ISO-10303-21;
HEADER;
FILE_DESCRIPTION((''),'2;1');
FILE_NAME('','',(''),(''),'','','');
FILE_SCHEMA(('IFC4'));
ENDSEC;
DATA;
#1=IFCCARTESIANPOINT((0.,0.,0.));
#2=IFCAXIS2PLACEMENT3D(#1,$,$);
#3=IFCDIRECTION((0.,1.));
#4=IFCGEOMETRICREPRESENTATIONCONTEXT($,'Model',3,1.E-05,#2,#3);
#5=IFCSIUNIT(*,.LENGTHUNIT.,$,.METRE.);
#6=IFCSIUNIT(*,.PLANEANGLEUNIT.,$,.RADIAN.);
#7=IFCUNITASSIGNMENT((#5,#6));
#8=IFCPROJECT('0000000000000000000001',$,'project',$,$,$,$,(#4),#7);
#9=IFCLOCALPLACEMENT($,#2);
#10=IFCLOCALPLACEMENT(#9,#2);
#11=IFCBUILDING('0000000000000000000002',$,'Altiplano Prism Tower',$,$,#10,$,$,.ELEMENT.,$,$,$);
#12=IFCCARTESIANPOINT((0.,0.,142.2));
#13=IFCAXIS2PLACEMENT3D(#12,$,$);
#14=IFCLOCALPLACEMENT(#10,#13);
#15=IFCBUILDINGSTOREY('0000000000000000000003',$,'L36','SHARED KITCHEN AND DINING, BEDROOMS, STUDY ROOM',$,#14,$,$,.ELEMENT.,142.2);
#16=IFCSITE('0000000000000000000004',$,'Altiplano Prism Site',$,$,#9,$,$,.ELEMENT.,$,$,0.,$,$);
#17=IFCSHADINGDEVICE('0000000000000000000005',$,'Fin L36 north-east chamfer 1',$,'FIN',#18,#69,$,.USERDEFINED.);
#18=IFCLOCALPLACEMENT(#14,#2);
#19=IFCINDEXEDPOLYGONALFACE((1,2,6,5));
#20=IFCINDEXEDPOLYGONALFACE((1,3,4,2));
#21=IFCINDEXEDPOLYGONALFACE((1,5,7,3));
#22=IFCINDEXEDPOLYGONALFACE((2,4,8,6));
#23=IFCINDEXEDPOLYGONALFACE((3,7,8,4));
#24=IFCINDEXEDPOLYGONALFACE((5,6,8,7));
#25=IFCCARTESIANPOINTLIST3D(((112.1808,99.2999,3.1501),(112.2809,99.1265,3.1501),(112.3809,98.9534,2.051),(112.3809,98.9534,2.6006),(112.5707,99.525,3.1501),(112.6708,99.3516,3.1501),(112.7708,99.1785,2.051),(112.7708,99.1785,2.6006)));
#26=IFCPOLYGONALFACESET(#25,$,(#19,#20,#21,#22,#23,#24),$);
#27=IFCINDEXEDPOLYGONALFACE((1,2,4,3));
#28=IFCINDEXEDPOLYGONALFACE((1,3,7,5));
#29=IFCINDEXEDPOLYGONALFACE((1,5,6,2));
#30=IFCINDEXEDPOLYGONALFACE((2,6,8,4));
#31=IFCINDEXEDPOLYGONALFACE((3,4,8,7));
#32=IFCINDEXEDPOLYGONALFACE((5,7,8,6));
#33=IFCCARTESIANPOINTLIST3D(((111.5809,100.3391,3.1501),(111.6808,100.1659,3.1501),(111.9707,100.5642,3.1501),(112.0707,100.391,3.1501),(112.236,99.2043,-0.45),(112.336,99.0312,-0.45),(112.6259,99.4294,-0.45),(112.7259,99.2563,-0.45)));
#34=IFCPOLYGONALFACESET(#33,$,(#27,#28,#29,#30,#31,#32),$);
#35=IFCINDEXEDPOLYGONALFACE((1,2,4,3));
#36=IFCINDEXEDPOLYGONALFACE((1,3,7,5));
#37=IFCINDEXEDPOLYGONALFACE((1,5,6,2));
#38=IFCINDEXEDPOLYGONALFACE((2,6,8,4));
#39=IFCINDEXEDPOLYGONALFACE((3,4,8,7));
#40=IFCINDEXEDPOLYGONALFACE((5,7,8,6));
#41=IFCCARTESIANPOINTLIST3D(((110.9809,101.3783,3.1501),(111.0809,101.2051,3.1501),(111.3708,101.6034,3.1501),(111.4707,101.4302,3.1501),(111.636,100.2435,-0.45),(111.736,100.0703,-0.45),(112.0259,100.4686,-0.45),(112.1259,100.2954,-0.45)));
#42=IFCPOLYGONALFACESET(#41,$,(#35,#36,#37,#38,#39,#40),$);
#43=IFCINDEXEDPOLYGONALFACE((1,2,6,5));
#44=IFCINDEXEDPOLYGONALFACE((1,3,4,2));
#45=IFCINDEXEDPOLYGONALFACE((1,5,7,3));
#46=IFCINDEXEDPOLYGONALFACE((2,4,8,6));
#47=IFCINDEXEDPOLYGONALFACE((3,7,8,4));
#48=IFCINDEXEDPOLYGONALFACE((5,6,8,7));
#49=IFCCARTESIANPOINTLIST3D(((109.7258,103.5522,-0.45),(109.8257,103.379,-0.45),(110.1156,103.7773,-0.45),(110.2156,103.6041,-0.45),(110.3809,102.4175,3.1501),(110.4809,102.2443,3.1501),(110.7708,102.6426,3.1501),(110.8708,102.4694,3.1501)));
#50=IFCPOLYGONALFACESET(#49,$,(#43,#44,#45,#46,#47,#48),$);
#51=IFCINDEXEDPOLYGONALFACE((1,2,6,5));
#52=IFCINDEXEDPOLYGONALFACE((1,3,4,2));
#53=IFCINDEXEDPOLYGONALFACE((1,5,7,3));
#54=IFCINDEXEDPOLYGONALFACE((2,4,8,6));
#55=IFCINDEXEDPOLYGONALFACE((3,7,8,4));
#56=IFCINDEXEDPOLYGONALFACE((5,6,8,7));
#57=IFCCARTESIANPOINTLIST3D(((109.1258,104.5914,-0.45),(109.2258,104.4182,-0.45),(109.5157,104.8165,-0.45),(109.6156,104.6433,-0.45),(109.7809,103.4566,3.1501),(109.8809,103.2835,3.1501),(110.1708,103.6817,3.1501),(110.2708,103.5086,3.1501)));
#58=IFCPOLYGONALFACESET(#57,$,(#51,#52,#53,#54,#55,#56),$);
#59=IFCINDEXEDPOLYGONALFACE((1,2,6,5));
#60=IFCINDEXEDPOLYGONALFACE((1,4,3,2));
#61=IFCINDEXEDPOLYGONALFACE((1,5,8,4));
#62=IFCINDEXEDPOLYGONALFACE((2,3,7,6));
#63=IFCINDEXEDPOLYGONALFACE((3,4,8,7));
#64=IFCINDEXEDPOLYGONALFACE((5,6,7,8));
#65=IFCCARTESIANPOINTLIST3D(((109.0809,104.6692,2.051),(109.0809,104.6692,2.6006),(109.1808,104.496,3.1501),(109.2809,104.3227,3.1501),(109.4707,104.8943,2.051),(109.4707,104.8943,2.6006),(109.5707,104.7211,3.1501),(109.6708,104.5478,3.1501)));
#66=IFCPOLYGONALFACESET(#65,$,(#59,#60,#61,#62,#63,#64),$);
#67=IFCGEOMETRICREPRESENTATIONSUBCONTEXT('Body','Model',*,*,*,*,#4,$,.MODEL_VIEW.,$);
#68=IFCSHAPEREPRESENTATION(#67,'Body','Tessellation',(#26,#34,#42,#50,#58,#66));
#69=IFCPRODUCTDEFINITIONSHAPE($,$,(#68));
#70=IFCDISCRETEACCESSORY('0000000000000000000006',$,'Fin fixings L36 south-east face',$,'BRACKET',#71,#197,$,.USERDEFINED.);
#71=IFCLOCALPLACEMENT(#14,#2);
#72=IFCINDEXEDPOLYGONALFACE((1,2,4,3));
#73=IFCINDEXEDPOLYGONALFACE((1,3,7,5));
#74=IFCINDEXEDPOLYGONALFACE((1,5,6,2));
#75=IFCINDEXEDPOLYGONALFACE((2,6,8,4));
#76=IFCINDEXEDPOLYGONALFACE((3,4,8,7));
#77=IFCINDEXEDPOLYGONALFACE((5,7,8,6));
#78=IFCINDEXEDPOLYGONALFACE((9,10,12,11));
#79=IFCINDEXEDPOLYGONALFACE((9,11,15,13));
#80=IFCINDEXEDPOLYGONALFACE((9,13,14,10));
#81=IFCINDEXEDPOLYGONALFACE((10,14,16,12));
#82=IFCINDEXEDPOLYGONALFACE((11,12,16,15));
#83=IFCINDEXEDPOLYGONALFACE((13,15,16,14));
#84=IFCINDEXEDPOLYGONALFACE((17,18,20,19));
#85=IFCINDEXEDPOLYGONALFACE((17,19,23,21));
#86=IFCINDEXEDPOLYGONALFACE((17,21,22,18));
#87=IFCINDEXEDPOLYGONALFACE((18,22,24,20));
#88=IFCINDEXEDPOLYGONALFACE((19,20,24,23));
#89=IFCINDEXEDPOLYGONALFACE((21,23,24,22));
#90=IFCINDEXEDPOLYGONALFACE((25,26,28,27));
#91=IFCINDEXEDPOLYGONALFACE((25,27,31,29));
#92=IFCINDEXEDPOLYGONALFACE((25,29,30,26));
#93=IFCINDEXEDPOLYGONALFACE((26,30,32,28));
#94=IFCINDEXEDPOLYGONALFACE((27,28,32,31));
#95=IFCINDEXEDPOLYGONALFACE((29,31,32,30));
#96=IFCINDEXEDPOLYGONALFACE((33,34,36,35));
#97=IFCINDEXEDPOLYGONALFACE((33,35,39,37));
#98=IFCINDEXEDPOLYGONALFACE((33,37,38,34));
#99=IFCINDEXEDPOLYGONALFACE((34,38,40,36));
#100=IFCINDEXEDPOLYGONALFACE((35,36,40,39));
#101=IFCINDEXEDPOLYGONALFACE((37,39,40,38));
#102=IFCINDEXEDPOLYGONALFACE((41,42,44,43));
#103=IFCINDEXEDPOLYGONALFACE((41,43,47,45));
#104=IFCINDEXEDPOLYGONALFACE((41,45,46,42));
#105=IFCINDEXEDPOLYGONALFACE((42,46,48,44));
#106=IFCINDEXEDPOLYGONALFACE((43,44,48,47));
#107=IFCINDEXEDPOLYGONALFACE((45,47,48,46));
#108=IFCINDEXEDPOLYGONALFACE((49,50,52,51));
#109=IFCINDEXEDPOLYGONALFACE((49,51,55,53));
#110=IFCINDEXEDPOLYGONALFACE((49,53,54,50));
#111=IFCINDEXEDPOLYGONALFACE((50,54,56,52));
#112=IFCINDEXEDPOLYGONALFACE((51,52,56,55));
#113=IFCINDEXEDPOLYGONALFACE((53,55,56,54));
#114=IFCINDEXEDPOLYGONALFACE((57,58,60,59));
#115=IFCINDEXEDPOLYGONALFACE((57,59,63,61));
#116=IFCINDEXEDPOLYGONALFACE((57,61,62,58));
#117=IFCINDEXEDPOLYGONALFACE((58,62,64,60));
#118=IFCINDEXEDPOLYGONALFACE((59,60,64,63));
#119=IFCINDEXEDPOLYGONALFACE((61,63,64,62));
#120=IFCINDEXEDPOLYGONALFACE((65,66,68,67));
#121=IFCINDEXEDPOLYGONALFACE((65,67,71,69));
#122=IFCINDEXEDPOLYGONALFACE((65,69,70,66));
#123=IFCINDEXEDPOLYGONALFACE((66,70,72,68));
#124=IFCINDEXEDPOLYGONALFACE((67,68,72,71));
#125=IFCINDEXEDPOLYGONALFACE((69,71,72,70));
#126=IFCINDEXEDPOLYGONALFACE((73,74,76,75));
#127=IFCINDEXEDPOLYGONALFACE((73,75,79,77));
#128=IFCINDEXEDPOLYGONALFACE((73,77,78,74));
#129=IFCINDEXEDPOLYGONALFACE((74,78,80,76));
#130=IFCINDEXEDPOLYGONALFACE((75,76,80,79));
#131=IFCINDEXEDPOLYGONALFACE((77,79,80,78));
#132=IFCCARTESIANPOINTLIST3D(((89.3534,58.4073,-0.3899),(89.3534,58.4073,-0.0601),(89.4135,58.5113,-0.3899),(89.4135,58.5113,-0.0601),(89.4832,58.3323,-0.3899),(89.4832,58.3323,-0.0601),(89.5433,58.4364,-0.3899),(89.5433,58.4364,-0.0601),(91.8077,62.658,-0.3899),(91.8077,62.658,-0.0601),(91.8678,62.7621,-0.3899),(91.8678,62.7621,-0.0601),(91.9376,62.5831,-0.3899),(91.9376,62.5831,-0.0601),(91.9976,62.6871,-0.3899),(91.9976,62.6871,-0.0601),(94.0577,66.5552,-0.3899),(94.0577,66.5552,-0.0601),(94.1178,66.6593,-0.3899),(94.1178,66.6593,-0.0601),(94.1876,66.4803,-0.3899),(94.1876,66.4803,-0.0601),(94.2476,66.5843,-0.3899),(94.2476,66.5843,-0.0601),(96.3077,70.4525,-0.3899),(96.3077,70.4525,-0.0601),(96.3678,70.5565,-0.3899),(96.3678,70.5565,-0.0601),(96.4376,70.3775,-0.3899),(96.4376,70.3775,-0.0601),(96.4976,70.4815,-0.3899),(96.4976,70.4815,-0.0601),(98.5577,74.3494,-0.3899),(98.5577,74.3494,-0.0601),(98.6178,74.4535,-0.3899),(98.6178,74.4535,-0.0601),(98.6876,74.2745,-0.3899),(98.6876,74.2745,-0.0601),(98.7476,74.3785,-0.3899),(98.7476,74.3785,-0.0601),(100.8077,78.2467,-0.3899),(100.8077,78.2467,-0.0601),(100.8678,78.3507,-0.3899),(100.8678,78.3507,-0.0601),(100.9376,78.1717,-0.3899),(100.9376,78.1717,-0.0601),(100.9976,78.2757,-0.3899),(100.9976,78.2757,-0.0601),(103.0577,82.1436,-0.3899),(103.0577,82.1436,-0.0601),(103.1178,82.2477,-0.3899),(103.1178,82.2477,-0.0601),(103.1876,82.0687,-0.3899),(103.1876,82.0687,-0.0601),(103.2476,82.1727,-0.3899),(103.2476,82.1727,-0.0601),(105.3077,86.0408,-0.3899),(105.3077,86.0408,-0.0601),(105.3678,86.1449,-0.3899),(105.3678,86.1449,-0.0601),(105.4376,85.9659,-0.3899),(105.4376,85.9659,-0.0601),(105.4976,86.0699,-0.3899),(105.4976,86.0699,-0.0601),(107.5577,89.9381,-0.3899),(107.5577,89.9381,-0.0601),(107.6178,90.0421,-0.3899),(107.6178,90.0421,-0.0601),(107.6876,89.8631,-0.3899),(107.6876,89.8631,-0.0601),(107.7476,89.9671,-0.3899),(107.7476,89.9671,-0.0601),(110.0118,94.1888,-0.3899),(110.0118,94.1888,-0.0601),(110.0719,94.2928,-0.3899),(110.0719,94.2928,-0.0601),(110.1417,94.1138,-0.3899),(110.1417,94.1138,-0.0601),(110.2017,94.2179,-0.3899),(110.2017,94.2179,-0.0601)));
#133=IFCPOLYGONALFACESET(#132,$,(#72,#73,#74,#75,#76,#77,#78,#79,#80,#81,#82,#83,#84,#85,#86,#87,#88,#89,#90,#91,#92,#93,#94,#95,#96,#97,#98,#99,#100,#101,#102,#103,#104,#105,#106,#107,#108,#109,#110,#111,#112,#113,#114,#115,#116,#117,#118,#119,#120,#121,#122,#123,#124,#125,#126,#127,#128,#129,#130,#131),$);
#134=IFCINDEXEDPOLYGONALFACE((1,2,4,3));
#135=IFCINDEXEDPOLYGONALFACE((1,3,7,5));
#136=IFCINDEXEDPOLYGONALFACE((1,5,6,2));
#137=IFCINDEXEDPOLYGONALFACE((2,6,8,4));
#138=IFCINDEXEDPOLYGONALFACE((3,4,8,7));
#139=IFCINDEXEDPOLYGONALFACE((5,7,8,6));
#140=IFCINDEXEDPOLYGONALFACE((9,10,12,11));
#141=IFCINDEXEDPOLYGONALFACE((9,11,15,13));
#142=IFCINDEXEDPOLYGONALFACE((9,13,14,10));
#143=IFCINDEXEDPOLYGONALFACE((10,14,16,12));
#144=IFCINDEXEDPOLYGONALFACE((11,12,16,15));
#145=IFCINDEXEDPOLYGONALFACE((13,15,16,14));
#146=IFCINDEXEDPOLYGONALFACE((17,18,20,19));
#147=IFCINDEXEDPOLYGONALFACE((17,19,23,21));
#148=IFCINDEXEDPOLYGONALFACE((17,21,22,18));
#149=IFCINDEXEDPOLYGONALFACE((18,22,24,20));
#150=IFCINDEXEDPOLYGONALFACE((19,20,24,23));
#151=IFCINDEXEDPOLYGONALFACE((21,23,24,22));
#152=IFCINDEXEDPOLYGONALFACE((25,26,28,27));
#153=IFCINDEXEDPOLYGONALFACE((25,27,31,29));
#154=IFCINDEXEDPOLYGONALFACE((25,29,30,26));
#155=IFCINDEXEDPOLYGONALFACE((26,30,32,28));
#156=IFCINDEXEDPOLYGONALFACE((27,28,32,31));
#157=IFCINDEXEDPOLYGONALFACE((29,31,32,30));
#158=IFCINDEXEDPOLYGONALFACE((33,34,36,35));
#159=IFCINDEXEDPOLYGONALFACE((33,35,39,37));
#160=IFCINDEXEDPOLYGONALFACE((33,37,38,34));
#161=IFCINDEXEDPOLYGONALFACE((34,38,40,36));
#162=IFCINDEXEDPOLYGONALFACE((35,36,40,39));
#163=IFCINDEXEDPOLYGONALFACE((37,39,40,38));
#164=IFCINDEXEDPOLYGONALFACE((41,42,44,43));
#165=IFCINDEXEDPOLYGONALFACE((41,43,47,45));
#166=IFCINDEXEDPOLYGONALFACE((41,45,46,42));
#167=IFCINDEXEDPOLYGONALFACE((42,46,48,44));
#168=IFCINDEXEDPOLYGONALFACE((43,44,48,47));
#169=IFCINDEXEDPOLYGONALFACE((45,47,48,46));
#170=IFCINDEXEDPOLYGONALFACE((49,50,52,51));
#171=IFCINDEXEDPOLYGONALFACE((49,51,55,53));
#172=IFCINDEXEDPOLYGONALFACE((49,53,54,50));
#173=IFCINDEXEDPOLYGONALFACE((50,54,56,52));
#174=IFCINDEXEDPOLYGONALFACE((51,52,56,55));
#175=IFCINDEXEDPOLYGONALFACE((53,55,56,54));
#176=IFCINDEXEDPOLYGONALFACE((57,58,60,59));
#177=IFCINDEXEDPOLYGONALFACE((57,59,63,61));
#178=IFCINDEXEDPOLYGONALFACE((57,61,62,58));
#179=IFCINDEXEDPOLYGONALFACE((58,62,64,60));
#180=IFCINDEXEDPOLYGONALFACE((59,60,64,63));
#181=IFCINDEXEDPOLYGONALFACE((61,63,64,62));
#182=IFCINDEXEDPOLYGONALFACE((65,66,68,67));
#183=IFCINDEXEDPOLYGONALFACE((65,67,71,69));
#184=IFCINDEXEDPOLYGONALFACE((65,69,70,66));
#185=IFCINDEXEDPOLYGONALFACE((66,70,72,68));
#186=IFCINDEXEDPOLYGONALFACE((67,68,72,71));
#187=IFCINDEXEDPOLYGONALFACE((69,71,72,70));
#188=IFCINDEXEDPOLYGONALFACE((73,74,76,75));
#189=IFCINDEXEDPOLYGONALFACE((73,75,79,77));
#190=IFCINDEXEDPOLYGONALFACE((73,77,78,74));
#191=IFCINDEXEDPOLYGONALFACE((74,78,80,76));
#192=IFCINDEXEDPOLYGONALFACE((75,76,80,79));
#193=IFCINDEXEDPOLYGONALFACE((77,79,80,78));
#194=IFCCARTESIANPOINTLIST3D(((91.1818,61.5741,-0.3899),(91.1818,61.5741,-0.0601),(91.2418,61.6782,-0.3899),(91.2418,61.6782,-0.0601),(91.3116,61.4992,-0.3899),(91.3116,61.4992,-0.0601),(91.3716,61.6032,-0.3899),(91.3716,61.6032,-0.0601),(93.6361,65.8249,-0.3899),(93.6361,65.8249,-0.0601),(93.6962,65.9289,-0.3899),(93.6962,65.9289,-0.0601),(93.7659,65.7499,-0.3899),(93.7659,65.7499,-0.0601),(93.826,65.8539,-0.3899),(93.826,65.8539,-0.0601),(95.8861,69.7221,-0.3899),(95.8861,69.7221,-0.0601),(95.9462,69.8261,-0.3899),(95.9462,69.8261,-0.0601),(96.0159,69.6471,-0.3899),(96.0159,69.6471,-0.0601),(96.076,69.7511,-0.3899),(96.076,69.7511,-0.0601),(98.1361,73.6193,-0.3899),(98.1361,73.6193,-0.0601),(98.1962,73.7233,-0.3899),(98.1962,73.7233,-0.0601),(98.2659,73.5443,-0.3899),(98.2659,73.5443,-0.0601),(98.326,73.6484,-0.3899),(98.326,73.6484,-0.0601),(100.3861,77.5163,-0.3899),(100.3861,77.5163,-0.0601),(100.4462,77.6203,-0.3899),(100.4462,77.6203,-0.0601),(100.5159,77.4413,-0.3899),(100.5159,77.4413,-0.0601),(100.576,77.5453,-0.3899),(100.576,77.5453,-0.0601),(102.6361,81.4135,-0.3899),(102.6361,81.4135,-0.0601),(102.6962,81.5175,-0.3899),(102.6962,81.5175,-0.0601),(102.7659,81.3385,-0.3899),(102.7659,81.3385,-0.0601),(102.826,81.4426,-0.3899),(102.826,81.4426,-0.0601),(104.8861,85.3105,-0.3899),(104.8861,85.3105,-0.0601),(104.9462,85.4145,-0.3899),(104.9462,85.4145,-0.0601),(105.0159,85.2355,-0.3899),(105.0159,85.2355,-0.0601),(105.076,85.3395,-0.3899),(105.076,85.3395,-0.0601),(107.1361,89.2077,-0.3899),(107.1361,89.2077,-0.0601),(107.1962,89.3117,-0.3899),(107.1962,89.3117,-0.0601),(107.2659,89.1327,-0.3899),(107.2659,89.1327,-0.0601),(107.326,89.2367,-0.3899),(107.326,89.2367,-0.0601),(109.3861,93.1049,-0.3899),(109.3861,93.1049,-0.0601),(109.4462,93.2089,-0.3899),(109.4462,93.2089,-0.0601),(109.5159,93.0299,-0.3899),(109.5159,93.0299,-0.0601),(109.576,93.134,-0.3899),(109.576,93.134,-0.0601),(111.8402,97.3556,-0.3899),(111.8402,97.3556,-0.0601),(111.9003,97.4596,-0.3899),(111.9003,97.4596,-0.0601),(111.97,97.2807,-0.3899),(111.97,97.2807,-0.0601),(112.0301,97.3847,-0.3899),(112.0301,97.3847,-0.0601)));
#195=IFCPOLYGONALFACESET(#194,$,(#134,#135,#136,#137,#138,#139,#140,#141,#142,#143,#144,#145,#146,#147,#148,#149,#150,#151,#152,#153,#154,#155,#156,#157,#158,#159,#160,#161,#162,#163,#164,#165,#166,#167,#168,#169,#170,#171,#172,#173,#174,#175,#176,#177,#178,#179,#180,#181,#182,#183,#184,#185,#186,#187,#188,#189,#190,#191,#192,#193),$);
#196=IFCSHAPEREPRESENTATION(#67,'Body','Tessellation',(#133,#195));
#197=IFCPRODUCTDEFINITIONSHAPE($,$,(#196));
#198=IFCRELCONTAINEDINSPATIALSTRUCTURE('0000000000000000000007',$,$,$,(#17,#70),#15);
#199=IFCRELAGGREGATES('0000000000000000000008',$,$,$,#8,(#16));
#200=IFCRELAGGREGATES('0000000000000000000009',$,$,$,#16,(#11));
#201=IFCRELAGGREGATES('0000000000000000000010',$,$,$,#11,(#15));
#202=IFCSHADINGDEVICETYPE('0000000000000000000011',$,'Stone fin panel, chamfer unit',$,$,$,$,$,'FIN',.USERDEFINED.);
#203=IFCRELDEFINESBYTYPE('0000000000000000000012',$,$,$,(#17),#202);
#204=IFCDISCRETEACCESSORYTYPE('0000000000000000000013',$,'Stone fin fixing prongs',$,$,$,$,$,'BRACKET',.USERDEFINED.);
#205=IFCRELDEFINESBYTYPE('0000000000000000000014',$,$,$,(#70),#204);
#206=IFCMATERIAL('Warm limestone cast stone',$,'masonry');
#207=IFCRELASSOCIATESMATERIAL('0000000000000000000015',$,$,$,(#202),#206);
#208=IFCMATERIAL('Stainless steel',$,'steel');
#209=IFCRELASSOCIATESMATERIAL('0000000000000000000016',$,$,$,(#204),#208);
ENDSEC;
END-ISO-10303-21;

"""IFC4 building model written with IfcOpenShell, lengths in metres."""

from ifc_helpers import new_model, si_unit, direction, frame, origin, place, context, subcontext, project, spatial, polyline, outline, extrude, source, transform, mapped, material, type_object, element, save


model = new_model("IFC4")

# Units and contexts
model_context = context("Model", 3, precision=1e-05, world=origin(), true_north=direction((0.0, 1.0)))
body_context = subcontext(model_context, "Body", "Model", "MODEL_VIEW")
ifc_project = project(units=[si_unit("LENGTHUNIT", "METRE"), si_unit("PLANEANGLEUNIT", "RADIAN")], contexts=[model_context])

# Site, building, storey
site_placement = place(None, origin())
site = spatial("IfcSite", under=ifc_project, at=site_placement, Name="Altiplano Prism Site", CompositionType="ELEMENT", RefElevation=0.0)
building_placement = place(site_placement, origin())
building = spatial("IfcBuilding", under=site, at=building_placement, Name="Altiplano Prism Tower", CompositionType="ELEMENT")
storey_placement = place(building_placement, frame((0.0, 0.0, 142.2)))
storey = spatial("IfcBuildingStorey", under=building, at=storey_placement, Name="L36", Description="SHARED KITCHEN AND DINING, BEDROOMS, STUDY ROOM", CompositionType="ELEMENT", Elevation=142.2)

# Shading device
ifc_material_1 = material(Name="Warm limestone cast stone", Category="masonry")
shading_device_type_1 = type_object("IfcShadingDeviceType", Name="Stone fin panel, chamfer unit", ElementType="FIN", PredefinedType="USERDEFINED", material=ifc_material_1)
shared_shape_1 = source(origin(), body_context, "Body", "SweptSolid", [
    extrude(outline(polyline([(-3.3, 2.501), (-2.8999, 3.6001), (-3.1001, 3.6001), (-3.3, 3.0505), (-3.3, 2.501)])), frame((0.0, -0.1499, 0.0), z_axis=(0.0, -1.0, 0.0), x_axis=(1.0, 0.0, 0.0)), (0.0, 0.0, 1.0), 0.4502),
    extrude(outline(polyline([(-3.2102, 0.0), (-3.0103, 0.0), (-1.7, 3.6001), (-1.8999, 3.6001), (-3.2102, 0.0)])), frame((0.0, -0.1499, 0.0), z_axis=(0.0, -1.0, 0.0), x_axis=(1.0, 0.0, 0.0)), (0.0, 0.0, 1.0), 0.4502),
    extrude(outline(polyline([(-2.0103, 0.0), (-1.8103, 0.0), (-0.5, 3.6001), (-0.7, 3.6001), (-2.0103, 0.0)])), frame((0.0, -0.1499, 0.0), z_axis=(0.0, -1.0, 0.0), x_axis=(1.0, 0.0, 0.0)), (0.0, 0.0, 1.0), 0.4502),
    extrude(outline(polyline([(1.8103, 0.0), (2.0103, 0.0), (0.7, 3.6001), (0.5, 3.6001), (1.8103, 0.0)])), frame((0.0, -0.1499, 0.0), z_axis=(0.0, -1.0, 0.0), x_axis=(1.0, 0.0, 0.0)), (0.0, 0.0, 1.0), 0.4502),
    extrude(outline(polyline([(3.0103, 0.0), (3.2102, 0.0), (1.8999, 3.6001), (1.7, 3.6001), (3.0103, 0.0)])), frame((0.0, -0.1499, 0.0), z_axis=(0.0, -1.0, 0.0), x_axis=(1.0, 0.0, 0.0)), (0.0, 0.0, 1.0), 0.4502),
    extrude(outline(polyline([(3.3, 3.0505), (3.1001, 3.6001), (2.8999, 3.6001), (3.3, 2.501), (3.3, 3.0505)])), frame((0.0, -0.1499, 0.0), z_axis=(0.0, -1.0, 0.0), x_axis=(1.0, 0.0, 0.0)), (0.0, 0.0, 1.0), 0.4502),
])
shading_device_1_placement = place(storey_placement, origin())
element("IfcShadingDevice", 1, at=shading_device_1_placement, inside=storey, type_object=shading_device_type_1, Name="Fin L36 north-east chamfer 1", ObjectType="FIN", PredefinedType="USERDEFINED", context=body_context, shape_type="MappedRepresentation", body=[
    mapped(shared_shape_1, transform((110.6011, 101.7363, -0.45), x_axis=(-0.5, 0.866025, 0.0), y_axis=(-0.866025, -0.5, 0.0), z_axis=(0.0, 0.0, 1.0))),
])

# Discrete accessory
ifc_material_2 = material(Name="Stainless steel", Category="steel")
discrete_accessory_type = type_object("IfcDiscreteAccessoryType", Name="Stone fin fixing prongs", ElementType="BRACKET", PredefinedType="USERDEFINED", material=ifc_material_2)
shared_shape_2 = source(origin(), body_context, "Body", "SweptSolid", [
    extrude(outline(polyline([(-1.8884, 0.0601), (-1.7683, 0.0601), (-1.7683, 0.3899), (-1.8884, 0.3899), (-1.8884, 0.0601)])), frame((0.0, 0.0, 0.0), z_axis=(0.0, -1.0, 0.0), x_axis=(1.0, 0.0, 0.0)), (0.0, 0.0, 1.0), 0.1499),
    extrude(outline(polyline([(1.7683, 0.0601), (1.8884, 0.0601), (1.8884, 0.3899), (1.7683, 0.3899), (1.7683, 0.0601)])), frame((0.0, 0.0, 0.0), z_axis=(0.0, -1.0, 0.0), x_axis=(1.0, 0.0, 0.0)), (0.0, 0.0, 1.0), 0.1499),
])
shared_shape_3 = source(origin(), body_context, "Body", "SweptSolid", [
    extrude(outline(polyline([(-1.8884, 0.0601), (-1.7683, 0.0601), (-1.7683, 0.3899), (-1.8884, 0.3899), (-1.8884, 0.0601)])), frame((0.0, 0.0, 0.0), z_axis=(0.0, -1.0, 0.0), x_axis=(1.0, 0.0, 0.0)), (0.0, 0.0, 1.0), 0.1499),
    extrude(outline(polyline([(1.7683, 0.0601), (1.8884, 0.0601), (1.8884, 0.3899), (1.7683, 0.3899), (1.7683, 0.0601)])), frame((0.0, 0.0, 0.0), z_axis=(0.0, -1.0, 0.0), x_axis=(1.0, 0.0, 0.0)), (0.0, 0.0, 1.0), 0.1499),
])
discrete_accessory_1_placement = place(storey_placement, origin())
element("IfcDiscreteAccessory", 2, at=discrete_accessory_1_placement, inside=storey, type_object=discrete_accessory_type, Name="Fin fixings L36 south-east face", ObjectType="BRACKET", PredefinedType="USERDEFINED", context=body_context, shape_type="MappedRepresentation", body=[
    mapped(shared_shape_2, transform((90.2976, 60.0427, -0.45), x_axis=(0.5, 0.866025, 0.0), y_axis=(-0.866025, 0.5, 0.0), z_axis=(0.0, 0.0, 1.0))),
    mapped(shared_shape_3, transform((92.752, 64.2935, -0.45), x_axis=(0.5, 0.866025, 0.0), y_axis=(-0.866025, 0.5, 0.0), z_axis=(0.0, 0.0, 1.0))),
    mapped(shared_shape_3, transform((95.002, 68.1907, -0.45), x_axis=(0.5, 0.866025, 0.0), y_axis=(-0.866025, 0.5, 0.0), z_axis=(0.0, 0.0, 1.0))),
    mapped(shared_shape_3, transform((97.252, 72.0879, -0.45), x_axis=(0.5, 0.866025, 0.0), y_axis=(-0.866025, 0.5, 0.0), z_axis=(0.0, 0.0, 1.0))),
    mapped(shared_shape_3, transform((99.502, 75.9849, -0.45), x_axis=(0.5, 0.866025, 0.0), y_axis=(-0.866025, 0.5, 0.0), z_axis=(0.0, 0.0, 1.0))),
    mapped(shared_shape_3, transform((101.752, 79.8821, -0.45), x_axis=(0.5, 0.866025, 0.0), y_axis=(-0.866025, 0.5, 0.0), z_axis=(0.0, 0.0, 1.0))),
    mapped(shared_shape_3, transform((104.002, 83.7791, -0.45), x_axis=(0.5, 0.866025, 0.0), y_axis=(-0.866025, 0.5, 0.0), z_axis=(0.0, 0.0, 1.0))),
    mapped(shared_shape_3, transform((106.252, 87.6763, -0.45), x_axis=(0.5, 0.866025, 0.0), y_axis=(-0.866025, 0.5, 0.0), z_axis=(0.0, 0.0, 1.0))),
    mapped(shared_shape_3, transform((108.502, 91.5735, -0.45), x_axis=(0.5, 0.866025, 0.0), y_axis=(-0.866025, 0.5, 0.0), z_axis=(0.0, 0.0, 1.0))),
    mapped(shared_shape_2, transform((110.9561, 95.8242, -0.45), x_axis=(0.5, 0.866025, 0.0), y_axis=(-0.866025, 0.5, 0.0), z_axis=(0.0, 0.0, 1.0))),
])

save(model, "model.ifc")
